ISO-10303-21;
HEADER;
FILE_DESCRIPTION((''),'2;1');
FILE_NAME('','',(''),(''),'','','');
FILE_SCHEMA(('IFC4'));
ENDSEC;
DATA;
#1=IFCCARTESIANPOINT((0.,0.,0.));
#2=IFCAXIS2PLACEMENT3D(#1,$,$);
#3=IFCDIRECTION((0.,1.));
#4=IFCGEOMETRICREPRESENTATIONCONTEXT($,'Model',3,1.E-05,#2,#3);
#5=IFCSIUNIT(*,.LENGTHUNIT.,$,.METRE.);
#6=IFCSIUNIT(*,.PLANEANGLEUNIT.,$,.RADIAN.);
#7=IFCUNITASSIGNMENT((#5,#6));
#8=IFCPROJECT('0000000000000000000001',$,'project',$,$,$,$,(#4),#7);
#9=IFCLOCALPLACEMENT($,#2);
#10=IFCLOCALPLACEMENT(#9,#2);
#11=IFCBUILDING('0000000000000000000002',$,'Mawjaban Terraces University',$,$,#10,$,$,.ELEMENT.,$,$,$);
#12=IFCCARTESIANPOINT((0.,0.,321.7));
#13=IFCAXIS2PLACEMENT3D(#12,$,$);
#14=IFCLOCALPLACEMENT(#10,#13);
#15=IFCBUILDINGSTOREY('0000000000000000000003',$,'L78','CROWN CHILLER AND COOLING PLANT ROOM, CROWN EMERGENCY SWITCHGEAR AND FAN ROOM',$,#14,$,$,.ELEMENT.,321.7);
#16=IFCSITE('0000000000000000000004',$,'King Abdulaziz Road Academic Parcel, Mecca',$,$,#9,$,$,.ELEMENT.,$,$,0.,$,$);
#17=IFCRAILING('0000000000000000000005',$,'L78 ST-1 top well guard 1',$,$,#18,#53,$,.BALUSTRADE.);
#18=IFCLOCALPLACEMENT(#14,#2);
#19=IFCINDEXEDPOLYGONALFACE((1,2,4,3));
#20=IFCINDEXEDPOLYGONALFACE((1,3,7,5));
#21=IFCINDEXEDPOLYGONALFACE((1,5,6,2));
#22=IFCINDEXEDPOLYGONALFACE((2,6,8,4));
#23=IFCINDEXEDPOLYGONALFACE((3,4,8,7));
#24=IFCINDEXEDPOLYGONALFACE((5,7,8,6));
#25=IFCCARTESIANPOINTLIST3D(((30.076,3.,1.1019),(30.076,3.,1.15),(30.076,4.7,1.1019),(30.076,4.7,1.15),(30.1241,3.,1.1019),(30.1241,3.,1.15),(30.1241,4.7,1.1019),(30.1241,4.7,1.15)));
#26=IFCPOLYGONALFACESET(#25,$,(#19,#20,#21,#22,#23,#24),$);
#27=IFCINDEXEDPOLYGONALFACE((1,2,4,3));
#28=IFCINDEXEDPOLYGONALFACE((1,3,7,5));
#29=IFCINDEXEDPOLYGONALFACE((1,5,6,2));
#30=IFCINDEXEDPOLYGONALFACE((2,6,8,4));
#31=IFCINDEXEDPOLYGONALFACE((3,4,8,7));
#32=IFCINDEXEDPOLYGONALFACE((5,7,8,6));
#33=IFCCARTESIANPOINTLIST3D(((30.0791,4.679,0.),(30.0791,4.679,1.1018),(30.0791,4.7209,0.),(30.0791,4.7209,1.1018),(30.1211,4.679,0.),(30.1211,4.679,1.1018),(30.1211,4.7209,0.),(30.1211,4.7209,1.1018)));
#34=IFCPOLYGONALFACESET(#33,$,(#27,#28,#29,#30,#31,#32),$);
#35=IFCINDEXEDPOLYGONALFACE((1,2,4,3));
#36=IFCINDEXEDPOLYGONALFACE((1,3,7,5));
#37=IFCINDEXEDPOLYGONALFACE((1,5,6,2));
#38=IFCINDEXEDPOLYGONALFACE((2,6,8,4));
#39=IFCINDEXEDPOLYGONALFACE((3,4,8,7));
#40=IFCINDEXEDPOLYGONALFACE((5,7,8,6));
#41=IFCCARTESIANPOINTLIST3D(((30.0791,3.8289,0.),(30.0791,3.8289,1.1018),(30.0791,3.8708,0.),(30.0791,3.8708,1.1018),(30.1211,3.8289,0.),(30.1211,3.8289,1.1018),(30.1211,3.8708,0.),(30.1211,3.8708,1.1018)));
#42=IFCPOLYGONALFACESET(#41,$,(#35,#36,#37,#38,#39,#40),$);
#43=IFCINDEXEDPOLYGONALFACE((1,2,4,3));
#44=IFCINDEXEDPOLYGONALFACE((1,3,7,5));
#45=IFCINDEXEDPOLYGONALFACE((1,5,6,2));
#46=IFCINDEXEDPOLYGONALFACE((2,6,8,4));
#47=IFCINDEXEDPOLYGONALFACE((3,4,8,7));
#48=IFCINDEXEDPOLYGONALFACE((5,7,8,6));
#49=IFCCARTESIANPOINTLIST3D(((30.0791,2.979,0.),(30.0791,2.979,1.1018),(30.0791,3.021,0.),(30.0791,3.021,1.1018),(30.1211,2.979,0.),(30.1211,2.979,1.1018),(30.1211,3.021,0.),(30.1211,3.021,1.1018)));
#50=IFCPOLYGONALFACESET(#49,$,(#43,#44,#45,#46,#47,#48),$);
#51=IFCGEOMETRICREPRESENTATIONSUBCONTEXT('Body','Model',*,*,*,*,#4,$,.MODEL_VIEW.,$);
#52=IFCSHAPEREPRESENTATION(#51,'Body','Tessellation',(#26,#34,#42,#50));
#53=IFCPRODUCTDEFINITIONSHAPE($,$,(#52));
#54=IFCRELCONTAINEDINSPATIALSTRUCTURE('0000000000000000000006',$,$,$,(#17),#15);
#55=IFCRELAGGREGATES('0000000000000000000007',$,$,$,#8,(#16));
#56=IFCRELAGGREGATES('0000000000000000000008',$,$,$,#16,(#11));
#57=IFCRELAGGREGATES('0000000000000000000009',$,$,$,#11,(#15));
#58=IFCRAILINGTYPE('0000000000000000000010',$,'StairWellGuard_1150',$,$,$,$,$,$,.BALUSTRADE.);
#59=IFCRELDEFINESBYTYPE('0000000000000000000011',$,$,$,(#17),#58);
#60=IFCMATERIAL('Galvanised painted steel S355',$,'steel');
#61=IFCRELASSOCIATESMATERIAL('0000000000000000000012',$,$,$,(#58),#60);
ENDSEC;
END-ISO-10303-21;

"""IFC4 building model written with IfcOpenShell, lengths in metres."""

from ifc_helpers import new_model, si_unit, direction, frame, origin, origin_2d, place, context, subcontext, project, spatial, rectangle, extrude, material, type_object, element, save


model = new_model("IFC4")

# Units and contexts
model_context = context("Model", 3, precision=1e-05, world=origin(), true_north=direction((0.0, 1.0)))
body_context = subcontext(model_context, "Body", "Model", "MODEL_VIEW")
ifc_project = project(units=[si_unit("LENGTHUNIT", "METRE"), si_unit("PLANEANGLEUNIT", "RADIAN")], contexts=[model_context])

# Site, building, storey
site_placement = place(None, origin())
site = spatial("IfcSite", under=ifc_project, at=site_placement, Name="King Abdulaziz Road Academic Parcel, Mecca", CompositionType="ELEMENT", RefElevation=0.0)
building_placement = place(site_placement, origin())
building = spatial("IfcBuilding", under=site, at=building_placement, Name="Mawjaban Terraces University", CompositionType="ELEMENT")
storey_placement = place(building_placement, frame((0.0, 0.0, 321.7)))
storey = spatial("IfcBuildingStorey", under=building, at=storey_placement, Name="L78", Description="CROWN CHILLER AND COOLING PLANT ROOM, CROWN EMERGENCY SWITCHGEAR AND FAN ROOM", CompositionType="ELEMENT", Elevation=321.7)

# Railing
ifc_material_1 = material(Name="Galvanised painted steel S355", Category="steel")
railing_type = type_object("IfcRailingType", Name="StairWellGuard_1150", PredefinedType="BALUSTRADE", material=ifc_material_1)
railing_placement = place(storey_placement, frame((30.1001, 4.7, 0.0)))
element("IfcRailing", 1, at=railing_placement, inside=storey, type_object=railing_type, Name="L78 ST-1 top well guard 1", PredefinedType="BALUSTRADE", context=body_context, shape_type="SweptSolid", body=[
    extrude(rectangle(XDim=0.0481, YDim=0.0481, at=origin_2d()), frame((0.0, 0.0, 1.126), z_axis=(0.0, -1.0, 0.0), x_axis=(1.0, 0.0, 0.0)), (0.0, 0.0, 1.0), 1.7),
    extrude(rectangle(XDim=0.042, YDim=0.042, at=origin_2d()), origin(), (0.0, 0.0, 1.0), 1.1018),
    extrude(rectangle(XDim=0.042, YDim=0.042, at=origin_2d()), frame((0.0, -0.8501, 0.0)), (0.0, 0.0, 1.0), 1.1018),
    extrude(rectangle(XDim=0.042, YDim=0.042, at=origin_2d()), frame((0.0, -1.7, 0.0)), (0.0, 0.0, 1.0), 1.1018),
])

save(model, "model.ifc")
